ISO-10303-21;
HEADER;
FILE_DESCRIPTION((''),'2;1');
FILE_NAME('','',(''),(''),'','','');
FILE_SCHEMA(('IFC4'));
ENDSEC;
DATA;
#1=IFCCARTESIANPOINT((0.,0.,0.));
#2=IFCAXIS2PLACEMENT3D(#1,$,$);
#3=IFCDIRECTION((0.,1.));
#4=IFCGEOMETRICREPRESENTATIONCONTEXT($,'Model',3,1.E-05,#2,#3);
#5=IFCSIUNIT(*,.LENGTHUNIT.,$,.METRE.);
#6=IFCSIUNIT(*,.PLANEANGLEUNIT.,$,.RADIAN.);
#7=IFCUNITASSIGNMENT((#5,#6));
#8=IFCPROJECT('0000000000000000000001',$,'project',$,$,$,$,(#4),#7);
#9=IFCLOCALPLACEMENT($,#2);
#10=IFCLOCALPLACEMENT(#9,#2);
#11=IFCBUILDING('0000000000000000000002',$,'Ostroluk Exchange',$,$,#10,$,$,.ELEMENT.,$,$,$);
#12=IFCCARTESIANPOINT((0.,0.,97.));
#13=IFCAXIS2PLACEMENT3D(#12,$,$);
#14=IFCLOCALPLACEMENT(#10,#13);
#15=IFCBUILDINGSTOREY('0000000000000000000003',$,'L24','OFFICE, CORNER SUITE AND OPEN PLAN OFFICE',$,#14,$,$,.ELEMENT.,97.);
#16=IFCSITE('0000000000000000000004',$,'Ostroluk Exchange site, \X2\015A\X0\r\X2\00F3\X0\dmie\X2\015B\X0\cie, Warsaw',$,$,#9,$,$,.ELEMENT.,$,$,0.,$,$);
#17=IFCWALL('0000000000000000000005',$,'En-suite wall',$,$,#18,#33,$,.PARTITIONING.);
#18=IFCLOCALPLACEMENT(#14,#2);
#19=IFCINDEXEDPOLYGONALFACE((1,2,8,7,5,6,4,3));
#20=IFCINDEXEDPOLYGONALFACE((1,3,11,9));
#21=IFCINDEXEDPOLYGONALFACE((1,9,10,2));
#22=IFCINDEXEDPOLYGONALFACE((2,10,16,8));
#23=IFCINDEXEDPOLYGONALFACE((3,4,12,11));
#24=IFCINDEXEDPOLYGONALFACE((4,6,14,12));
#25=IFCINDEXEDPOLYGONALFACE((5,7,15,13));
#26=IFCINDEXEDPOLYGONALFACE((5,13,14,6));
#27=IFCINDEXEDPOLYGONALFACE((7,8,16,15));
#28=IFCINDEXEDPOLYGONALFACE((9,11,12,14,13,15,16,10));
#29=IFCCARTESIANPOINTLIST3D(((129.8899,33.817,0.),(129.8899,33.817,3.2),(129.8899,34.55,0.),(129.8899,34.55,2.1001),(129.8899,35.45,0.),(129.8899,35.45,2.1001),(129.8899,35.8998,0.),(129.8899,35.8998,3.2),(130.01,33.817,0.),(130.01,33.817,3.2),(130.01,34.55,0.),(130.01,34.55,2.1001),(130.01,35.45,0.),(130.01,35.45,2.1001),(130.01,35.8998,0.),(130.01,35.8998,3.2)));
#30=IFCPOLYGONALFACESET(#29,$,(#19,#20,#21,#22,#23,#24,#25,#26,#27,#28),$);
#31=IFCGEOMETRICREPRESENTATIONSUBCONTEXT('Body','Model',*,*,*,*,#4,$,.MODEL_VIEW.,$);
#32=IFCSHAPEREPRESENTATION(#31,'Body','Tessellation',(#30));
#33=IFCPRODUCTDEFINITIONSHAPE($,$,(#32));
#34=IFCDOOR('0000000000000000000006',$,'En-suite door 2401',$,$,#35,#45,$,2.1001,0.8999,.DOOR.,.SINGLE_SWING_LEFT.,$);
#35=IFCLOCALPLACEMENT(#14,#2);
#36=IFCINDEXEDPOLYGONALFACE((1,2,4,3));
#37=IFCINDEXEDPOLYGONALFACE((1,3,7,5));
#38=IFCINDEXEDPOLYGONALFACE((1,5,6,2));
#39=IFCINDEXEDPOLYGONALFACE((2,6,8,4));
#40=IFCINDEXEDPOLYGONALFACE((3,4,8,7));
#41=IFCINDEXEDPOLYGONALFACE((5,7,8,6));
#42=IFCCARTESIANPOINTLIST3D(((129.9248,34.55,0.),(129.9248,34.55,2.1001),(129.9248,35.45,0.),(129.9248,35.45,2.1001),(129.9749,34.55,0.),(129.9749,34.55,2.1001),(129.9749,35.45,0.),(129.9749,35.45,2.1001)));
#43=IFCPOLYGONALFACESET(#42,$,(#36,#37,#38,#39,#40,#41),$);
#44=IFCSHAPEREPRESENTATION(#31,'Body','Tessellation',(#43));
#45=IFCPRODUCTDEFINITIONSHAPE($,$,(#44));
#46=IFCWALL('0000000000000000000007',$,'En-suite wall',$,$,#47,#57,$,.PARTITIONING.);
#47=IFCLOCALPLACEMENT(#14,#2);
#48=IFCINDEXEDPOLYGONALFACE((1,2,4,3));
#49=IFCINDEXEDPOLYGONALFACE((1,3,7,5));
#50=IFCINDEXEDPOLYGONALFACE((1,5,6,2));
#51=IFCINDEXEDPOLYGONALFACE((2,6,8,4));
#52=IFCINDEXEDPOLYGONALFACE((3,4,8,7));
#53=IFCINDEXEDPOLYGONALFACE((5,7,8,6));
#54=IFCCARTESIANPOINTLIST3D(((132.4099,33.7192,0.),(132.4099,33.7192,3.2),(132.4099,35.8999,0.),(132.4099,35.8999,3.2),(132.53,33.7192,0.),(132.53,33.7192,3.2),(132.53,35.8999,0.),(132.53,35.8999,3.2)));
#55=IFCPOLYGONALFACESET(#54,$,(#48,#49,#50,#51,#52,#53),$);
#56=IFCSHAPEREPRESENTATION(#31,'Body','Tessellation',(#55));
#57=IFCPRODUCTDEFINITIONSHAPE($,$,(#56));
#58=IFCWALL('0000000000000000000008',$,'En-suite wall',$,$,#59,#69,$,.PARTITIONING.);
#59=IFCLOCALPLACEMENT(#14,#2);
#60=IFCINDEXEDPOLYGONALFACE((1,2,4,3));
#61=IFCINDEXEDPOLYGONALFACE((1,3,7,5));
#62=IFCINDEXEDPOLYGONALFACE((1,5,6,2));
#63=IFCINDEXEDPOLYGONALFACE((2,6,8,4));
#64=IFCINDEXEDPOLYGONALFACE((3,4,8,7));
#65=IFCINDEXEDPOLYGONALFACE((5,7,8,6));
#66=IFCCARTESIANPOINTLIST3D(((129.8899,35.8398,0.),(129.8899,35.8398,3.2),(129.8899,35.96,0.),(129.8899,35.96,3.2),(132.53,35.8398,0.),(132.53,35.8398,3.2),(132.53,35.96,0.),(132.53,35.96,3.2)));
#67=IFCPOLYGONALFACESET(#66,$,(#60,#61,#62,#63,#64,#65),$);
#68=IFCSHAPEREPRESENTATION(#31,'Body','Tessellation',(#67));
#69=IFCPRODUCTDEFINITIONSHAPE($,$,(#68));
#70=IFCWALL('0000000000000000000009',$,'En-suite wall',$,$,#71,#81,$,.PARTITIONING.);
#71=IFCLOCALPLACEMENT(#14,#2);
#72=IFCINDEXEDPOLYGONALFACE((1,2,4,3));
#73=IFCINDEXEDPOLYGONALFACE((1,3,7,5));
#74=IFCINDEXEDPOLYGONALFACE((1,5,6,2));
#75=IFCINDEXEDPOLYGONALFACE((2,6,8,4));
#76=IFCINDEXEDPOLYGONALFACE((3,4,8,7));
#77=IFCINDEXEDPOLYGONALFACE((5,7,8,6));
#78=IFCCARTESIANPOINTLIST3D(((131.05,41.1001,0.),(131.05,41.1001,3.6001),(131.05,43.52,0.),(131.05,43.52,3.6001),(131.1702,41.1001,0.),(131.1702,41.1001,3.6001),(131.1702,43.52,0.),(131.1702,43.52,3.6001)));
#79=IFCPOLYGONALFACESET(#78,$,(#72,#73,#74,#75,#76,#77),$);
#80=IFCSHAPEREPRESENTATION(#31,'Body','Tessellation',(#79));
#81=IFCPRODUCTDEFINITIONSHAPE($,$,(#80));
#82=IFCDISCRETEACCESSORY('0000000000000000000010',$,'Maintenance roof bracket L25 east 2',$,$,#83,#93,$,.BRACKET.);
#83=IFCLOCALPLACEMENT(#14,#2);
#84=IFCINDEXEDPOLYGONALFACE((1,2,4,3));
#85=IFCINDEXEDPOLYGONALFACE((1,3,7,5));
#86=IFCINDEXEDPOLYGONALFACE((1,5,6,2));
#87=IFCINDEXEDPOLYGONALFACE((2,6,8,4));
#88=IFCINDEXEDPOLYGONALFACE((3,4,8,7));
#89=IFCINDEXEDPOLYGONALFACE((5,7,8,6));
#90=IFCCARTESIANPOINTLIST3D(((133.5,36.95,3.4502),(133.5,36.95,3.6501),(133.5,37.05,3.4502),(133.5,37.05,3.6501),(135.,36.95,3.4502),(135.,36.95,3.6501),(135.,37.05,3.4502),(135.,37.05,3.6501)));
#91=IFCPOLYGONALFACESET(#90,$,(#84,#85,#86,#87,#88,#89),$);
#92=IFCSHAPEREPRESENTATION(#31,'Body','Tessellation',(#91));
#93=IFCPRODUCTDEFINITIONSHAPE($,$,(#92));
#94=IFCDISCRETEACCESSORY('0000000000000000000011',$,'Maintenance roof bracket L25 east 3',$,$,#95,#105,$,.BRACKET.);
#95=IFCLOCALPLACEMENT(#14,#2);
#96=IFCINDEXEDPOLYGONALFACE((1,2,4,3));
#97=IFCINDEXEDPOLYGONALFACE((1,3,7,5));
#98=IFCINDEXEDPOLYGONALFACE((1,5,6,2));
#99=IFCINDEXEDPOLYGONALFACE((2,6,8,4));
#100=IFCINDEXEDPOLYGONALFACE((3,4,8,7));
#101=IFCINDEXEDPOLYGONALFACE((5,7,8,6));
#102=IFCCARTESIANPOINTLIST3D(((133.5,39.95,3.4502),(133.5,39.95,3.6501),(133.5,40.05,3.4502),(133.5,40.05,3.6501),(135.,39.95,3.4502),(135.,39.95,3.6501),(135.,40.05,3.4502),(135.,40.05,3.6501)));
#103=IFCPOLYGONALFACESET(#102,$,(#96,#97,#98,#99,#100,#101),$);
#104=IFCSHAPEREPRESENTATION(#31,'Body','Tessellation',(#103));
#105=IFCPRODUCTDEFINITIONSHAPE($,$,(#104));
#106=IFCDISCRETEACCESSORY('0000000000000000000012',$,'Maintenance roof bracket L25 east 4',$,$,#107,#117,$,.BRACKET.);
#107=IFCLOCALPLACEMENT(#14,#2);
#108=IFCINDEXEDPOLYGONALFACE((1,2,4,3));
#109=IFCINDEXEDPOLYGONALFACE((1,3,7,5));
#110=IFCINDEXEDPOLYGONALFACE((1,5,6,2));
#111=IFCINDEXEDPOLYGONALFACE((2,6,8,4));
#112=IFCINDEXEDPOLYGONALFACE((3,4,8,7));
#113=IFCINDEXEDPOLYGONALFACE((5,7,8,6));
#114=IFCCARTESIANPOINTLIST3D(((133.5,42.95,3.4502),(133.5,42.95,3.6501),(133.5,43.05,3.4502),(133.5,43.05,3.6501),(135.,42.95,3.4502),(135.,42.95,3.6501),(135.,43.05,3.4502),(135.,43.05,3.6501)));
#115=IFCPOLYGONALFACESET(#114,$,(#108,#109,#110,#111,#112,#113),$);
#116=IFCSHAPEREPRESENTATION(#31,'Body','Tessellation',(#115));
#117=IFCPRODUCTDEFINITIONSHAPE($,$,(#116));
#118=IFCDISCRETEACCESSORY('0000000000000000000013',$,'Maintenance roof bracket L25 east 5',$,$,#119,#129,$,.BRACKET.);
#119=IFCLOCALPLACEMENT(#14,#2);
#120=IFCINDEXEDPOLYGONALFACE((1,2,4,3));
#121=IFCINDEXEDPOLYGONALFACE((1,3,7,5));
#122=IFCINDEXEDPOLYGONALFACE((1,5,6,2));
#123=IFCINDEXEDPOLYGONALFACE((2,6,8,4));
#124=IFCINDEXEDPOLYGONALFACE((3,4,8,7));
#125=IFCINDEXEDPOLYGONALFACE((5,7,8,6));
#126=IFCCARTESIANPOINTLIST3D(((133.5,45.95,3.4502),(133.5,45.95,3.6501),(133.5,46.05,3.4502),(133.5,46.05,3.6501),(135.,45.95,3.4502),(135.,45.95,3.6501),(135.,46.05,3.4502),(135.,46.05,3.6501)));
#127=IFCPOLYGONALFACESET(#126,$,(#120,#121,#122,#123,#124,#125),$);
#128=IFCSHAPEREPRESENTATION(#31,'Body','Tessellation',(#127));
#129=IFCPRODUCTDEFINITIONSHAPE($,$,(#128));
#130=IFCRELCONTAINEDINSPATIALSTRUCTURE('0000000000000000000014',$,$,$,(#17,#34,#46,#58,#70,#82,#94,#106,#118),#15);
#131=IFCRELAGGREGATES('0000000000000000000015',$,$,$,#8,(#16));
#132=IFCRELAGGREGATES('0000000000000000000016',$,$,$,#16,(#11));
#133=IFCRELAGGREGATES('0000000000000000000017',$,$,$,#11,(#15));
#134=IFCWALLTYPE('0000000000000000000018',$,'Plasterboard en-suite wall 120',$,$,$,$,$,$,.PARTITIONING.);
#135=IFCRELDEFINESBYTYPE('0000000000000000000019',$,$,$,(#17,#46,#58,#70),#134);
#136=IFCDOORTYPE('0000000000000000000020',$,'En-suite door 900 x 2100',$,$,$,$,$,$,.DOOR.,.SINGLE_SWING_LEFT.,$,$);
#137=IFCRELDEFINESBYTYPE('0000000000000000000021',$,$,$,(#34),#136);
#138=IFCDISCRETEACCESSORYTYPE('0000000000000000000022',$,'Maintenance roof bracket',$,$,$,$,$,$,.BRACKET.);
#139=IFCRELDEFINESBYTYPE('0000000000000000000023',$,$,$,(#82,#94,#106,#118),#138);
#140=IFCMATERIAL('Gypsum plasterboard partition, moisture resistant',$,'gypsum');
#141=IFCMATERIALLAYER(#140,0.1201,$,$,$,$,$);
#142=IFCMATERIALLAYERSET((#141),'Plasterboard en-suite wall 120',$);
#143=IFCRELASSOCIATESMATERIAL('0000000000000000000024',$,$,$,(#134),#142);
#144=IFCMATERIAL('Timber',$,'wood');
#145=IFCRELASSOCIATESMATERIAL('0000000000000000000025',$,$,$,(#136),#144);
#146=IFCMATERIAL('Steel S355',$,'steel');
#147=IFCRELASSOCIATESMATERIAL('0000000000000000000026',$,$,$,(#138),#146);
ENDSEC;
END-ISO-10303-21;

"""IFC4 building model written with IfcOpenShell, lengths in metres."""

from ifc_helpers import new_model, si_unit, direction, frame, frame_2d, origin, origin_2d, place, context, subcontext, project, spatial, rectangle, extrude, material, layer, layer_set, type_object, element, fill, save


model = new_model("IFC4")

# Units and contexts
model_context = context("Model", 3, precision=1e-05, world=origin(), true_north=direction((0.0, 1.0)))
body_context = subcontext(model_context, "Body", "Model", "MODEL_VIEW")
ifc_project = project(units=[si_unit("LENGTHUNIT", "METRE"), si_unit("PLANEANGLEUNIT", "RADIAN")], contexts=[model_context])

# Site, building, storey
site_placement = place(None, origin())
site = spatial("IfcSite", under=ifc_project, at=site_placement, Name="Ostroluk Exchange site, Śródmieście, Warsaw", CompositionType="ELEMENT", RefElevation=0.0)
building_placement = place(site_placement, origin())
building = spatial("IfcBuilding", under=site, at=building_placement, Name="Ostroluk Exchange", CompositionType="ELEMENT")
storey_placement = place(building_placement, frame((0.0, 0.0, 97.0)))
storey = spatial("IfcBuildingStorey", under=building, at=storey_placement, Name="L24", Description="OFFICE, CORNER SUITE AND OPEN PLAN OFFICE", CompositionType="ELEMENT", Elevation=97.0)

# Wall, opening, door
ifc_material_1 = material(Name="Gypsum plasterboard partition, moisture resistant", Category="gypsum")
ifc_layer_1 = layer(ifc_material_1, 0.1201)
ifc_layer_set_1 = layer_set([ifc_layer_1], Name="Plasterboard en-suite wall 120")
wall_type = type_object("IfcWallType", Name="Plasterboard en-suite wall 120", PredefinedType="PARTITIONING", material=ifc_layer_set_1)
wall_1_placement = place(storey_placement, frame((129.95, 35.8999, 0.0), z_axis=(0.0, 0.0, 1.0), x_axis=(0.0, -1.0, 0.0)))
wall_1 = element("IfcWall", 1, at=wall_1_placement, inside=storey, type_object=wall_type, Name="En-suite wall", PredefinedType="PARTITIONING", context=body_context, shape_type="SweptSolid", body=[
    extrude(rectangle(XDim=2.0828, YDim=0.1201, at=frame_2d((1.0415, 0.0))), origin(), (0.0, 0.0, 1.0), 3.2),
])
opening_placement = place(wall_1_placement, frame((0.45, 0.0, 0.0)))
opening = element("IfcOpeningElement", 2, at=opening_placement, cuts=wall_1, PredefinedType="OPENING", context=body_context, shape_type="SweptSolid", body=[
    extrude(rectangle(XDim=0.8999, YDim=2.1001, at=frame_2d((0.45, 1.05))), frame((0.0, 0.0701, 0.0), z_axis=(0.0, -1.0, 0.0), x_axis=(1.0, 0.0, 0.0)), (0.0, 0.0, 1.0), 0.1401),
])
ifc_material_2 = material(Name="Timber", Category="wood")
door_type = type_object("IfcDoorType", Name="En-suite door 900 x 2100", OperationType="SINGLE_SWING_LEFT", PredefinedType="DOOR", material=ifc_material_2)
door_placement = place(opening_placement, origin())
door = element("IfcDoor", 3, at=door_placement, inside=storey, type_object=door_type, Name="En-suite door 2401", OperationType="SINGLE_SWING_LEFT", OverallHeight=2.1001, OverallWidth=0.8999, PredefinedType="DOOR", context=body_context, shape_type="SweptSolid", body=[
    extrude(rectangle(XDim=0.8999, YDim=2.1001, at=frame_2d((0.45, 1.05))), frame((0.0, 0.0249, 0.0), z_axis=(0.0, -1.0, 0.0), x_axis=(1.0, 0.0, 0.0)), (0.0, 0.0, 1.0), 0.05),
])
fill(opening, door)

# Walls
wall_2_placement = place(storey_placement, frame((132.47, 35.8999, 0.0), z_axis=(0.0, 0.0, 1.0), x_axis=(0.0, -1.0, 0.0)))
element("IfcWall", 4, at=wall_2_placement, inside=storey, type_object=wall_type, Name="En-suite wall", PredefinedType="PARTITIONING", context=body_context, shape_type="SweptSolid", body=[
    extrude(rectangle(XDim=2.1807, YDim=0.1201, at=frame_2d((1.0903, 0.0))), origin(), (0.0, 0.0, 1.0), 3.2),
])
wall_3_placement = place(storey_placement, frame((129.8899, 35.8999, 0.0), z_axis=(0.0, 0.0, 1.0), x_axis=(1.0, 0.0, 0.0)))
element("IfcWall", 5, at=wall_3_placement, inside=storey, type_object=wall_type, Name="En-suite wall", PredefinedType="PARTITIONING", context=body_context, shape_type="SweptSolid", body=[
    extrude(rectangle(XDim=2.6401, YDim=0.1201, at=frame_2d((1.3201, 0.0))), origin(), (0.0, 0.0, 1.0), 3.2),
])
wall_4_placement = place(storey_placement, frame((131.1101, 41.1001, 0.0), z_axis=(0.0, 0.0, 1.0), x_axis=(0.0, 1.0, 0.0)))
element("IfcWall", 6, at=wall_4_placement, inside=storey, type_object=wall_type, Name="En-suite wall", PredefinedType="PARTITIONING", context=body_context, shape_type="SweptSolid", body=[
    extrude(rectangle(XDim=2.4199, YDim=0.1201, at=frame_2d((1.21, 0.0))), origin(), (0.0, 0.0, 1.0), 3.6001),
])

# Discrete accessories
ifc_material_3 = material(Name="Steel S355", Category="steel")
discrete_accessory_type = type_object("IfcDiscreteAccessoryType", Name="Maintenance roof bracket", PredefinedType="BRACKET", material=ifc_material_3)
for number, where, z_axis, x_axis, name in (
    (7, (134.25, 37.0, 3.4502), (0.0, 0.0, 1.0), (1.0, 0.0, 0.0), "Maintenance roof bracket L25 east 2"),
    (8, (134.25, 40.0, 3.4502), (0.0, 0.0, 1.0), (1.0, 0.0, 0.0), "Maintenance roof bracket L25 east 3"),
    (9, (134.25, 43.0, 3.4502), (0.0, 0.0, 1.0), (1.0, 0.0, 0.0), "Maintenance roof bracket L25 east 4"),
    (10, (134.25, 46.0, 3.4502), (0.0, 0.0, 1.0), (1.0, 0.0, 0.0), "Maintenance roof bracket L25 east 5"),
):
    element("IfcDiscreteAccessory", number, at=place(storey_placement, frame(where, z_axis=z_axis, x_axis=x_axis)), inside=storey, type_object=discrete_accessory_type, Name=name, PredefinedType="BRACKET", context=body_context, shape_type="SweptSolid", body=[
        extrude(rectangle(XDim=1.5, YDim=0.1001, at=origin_2d()), origin(), (0.0, 0.0, 1.0), 0.2),
    ])

save(model, "model.ifc")
